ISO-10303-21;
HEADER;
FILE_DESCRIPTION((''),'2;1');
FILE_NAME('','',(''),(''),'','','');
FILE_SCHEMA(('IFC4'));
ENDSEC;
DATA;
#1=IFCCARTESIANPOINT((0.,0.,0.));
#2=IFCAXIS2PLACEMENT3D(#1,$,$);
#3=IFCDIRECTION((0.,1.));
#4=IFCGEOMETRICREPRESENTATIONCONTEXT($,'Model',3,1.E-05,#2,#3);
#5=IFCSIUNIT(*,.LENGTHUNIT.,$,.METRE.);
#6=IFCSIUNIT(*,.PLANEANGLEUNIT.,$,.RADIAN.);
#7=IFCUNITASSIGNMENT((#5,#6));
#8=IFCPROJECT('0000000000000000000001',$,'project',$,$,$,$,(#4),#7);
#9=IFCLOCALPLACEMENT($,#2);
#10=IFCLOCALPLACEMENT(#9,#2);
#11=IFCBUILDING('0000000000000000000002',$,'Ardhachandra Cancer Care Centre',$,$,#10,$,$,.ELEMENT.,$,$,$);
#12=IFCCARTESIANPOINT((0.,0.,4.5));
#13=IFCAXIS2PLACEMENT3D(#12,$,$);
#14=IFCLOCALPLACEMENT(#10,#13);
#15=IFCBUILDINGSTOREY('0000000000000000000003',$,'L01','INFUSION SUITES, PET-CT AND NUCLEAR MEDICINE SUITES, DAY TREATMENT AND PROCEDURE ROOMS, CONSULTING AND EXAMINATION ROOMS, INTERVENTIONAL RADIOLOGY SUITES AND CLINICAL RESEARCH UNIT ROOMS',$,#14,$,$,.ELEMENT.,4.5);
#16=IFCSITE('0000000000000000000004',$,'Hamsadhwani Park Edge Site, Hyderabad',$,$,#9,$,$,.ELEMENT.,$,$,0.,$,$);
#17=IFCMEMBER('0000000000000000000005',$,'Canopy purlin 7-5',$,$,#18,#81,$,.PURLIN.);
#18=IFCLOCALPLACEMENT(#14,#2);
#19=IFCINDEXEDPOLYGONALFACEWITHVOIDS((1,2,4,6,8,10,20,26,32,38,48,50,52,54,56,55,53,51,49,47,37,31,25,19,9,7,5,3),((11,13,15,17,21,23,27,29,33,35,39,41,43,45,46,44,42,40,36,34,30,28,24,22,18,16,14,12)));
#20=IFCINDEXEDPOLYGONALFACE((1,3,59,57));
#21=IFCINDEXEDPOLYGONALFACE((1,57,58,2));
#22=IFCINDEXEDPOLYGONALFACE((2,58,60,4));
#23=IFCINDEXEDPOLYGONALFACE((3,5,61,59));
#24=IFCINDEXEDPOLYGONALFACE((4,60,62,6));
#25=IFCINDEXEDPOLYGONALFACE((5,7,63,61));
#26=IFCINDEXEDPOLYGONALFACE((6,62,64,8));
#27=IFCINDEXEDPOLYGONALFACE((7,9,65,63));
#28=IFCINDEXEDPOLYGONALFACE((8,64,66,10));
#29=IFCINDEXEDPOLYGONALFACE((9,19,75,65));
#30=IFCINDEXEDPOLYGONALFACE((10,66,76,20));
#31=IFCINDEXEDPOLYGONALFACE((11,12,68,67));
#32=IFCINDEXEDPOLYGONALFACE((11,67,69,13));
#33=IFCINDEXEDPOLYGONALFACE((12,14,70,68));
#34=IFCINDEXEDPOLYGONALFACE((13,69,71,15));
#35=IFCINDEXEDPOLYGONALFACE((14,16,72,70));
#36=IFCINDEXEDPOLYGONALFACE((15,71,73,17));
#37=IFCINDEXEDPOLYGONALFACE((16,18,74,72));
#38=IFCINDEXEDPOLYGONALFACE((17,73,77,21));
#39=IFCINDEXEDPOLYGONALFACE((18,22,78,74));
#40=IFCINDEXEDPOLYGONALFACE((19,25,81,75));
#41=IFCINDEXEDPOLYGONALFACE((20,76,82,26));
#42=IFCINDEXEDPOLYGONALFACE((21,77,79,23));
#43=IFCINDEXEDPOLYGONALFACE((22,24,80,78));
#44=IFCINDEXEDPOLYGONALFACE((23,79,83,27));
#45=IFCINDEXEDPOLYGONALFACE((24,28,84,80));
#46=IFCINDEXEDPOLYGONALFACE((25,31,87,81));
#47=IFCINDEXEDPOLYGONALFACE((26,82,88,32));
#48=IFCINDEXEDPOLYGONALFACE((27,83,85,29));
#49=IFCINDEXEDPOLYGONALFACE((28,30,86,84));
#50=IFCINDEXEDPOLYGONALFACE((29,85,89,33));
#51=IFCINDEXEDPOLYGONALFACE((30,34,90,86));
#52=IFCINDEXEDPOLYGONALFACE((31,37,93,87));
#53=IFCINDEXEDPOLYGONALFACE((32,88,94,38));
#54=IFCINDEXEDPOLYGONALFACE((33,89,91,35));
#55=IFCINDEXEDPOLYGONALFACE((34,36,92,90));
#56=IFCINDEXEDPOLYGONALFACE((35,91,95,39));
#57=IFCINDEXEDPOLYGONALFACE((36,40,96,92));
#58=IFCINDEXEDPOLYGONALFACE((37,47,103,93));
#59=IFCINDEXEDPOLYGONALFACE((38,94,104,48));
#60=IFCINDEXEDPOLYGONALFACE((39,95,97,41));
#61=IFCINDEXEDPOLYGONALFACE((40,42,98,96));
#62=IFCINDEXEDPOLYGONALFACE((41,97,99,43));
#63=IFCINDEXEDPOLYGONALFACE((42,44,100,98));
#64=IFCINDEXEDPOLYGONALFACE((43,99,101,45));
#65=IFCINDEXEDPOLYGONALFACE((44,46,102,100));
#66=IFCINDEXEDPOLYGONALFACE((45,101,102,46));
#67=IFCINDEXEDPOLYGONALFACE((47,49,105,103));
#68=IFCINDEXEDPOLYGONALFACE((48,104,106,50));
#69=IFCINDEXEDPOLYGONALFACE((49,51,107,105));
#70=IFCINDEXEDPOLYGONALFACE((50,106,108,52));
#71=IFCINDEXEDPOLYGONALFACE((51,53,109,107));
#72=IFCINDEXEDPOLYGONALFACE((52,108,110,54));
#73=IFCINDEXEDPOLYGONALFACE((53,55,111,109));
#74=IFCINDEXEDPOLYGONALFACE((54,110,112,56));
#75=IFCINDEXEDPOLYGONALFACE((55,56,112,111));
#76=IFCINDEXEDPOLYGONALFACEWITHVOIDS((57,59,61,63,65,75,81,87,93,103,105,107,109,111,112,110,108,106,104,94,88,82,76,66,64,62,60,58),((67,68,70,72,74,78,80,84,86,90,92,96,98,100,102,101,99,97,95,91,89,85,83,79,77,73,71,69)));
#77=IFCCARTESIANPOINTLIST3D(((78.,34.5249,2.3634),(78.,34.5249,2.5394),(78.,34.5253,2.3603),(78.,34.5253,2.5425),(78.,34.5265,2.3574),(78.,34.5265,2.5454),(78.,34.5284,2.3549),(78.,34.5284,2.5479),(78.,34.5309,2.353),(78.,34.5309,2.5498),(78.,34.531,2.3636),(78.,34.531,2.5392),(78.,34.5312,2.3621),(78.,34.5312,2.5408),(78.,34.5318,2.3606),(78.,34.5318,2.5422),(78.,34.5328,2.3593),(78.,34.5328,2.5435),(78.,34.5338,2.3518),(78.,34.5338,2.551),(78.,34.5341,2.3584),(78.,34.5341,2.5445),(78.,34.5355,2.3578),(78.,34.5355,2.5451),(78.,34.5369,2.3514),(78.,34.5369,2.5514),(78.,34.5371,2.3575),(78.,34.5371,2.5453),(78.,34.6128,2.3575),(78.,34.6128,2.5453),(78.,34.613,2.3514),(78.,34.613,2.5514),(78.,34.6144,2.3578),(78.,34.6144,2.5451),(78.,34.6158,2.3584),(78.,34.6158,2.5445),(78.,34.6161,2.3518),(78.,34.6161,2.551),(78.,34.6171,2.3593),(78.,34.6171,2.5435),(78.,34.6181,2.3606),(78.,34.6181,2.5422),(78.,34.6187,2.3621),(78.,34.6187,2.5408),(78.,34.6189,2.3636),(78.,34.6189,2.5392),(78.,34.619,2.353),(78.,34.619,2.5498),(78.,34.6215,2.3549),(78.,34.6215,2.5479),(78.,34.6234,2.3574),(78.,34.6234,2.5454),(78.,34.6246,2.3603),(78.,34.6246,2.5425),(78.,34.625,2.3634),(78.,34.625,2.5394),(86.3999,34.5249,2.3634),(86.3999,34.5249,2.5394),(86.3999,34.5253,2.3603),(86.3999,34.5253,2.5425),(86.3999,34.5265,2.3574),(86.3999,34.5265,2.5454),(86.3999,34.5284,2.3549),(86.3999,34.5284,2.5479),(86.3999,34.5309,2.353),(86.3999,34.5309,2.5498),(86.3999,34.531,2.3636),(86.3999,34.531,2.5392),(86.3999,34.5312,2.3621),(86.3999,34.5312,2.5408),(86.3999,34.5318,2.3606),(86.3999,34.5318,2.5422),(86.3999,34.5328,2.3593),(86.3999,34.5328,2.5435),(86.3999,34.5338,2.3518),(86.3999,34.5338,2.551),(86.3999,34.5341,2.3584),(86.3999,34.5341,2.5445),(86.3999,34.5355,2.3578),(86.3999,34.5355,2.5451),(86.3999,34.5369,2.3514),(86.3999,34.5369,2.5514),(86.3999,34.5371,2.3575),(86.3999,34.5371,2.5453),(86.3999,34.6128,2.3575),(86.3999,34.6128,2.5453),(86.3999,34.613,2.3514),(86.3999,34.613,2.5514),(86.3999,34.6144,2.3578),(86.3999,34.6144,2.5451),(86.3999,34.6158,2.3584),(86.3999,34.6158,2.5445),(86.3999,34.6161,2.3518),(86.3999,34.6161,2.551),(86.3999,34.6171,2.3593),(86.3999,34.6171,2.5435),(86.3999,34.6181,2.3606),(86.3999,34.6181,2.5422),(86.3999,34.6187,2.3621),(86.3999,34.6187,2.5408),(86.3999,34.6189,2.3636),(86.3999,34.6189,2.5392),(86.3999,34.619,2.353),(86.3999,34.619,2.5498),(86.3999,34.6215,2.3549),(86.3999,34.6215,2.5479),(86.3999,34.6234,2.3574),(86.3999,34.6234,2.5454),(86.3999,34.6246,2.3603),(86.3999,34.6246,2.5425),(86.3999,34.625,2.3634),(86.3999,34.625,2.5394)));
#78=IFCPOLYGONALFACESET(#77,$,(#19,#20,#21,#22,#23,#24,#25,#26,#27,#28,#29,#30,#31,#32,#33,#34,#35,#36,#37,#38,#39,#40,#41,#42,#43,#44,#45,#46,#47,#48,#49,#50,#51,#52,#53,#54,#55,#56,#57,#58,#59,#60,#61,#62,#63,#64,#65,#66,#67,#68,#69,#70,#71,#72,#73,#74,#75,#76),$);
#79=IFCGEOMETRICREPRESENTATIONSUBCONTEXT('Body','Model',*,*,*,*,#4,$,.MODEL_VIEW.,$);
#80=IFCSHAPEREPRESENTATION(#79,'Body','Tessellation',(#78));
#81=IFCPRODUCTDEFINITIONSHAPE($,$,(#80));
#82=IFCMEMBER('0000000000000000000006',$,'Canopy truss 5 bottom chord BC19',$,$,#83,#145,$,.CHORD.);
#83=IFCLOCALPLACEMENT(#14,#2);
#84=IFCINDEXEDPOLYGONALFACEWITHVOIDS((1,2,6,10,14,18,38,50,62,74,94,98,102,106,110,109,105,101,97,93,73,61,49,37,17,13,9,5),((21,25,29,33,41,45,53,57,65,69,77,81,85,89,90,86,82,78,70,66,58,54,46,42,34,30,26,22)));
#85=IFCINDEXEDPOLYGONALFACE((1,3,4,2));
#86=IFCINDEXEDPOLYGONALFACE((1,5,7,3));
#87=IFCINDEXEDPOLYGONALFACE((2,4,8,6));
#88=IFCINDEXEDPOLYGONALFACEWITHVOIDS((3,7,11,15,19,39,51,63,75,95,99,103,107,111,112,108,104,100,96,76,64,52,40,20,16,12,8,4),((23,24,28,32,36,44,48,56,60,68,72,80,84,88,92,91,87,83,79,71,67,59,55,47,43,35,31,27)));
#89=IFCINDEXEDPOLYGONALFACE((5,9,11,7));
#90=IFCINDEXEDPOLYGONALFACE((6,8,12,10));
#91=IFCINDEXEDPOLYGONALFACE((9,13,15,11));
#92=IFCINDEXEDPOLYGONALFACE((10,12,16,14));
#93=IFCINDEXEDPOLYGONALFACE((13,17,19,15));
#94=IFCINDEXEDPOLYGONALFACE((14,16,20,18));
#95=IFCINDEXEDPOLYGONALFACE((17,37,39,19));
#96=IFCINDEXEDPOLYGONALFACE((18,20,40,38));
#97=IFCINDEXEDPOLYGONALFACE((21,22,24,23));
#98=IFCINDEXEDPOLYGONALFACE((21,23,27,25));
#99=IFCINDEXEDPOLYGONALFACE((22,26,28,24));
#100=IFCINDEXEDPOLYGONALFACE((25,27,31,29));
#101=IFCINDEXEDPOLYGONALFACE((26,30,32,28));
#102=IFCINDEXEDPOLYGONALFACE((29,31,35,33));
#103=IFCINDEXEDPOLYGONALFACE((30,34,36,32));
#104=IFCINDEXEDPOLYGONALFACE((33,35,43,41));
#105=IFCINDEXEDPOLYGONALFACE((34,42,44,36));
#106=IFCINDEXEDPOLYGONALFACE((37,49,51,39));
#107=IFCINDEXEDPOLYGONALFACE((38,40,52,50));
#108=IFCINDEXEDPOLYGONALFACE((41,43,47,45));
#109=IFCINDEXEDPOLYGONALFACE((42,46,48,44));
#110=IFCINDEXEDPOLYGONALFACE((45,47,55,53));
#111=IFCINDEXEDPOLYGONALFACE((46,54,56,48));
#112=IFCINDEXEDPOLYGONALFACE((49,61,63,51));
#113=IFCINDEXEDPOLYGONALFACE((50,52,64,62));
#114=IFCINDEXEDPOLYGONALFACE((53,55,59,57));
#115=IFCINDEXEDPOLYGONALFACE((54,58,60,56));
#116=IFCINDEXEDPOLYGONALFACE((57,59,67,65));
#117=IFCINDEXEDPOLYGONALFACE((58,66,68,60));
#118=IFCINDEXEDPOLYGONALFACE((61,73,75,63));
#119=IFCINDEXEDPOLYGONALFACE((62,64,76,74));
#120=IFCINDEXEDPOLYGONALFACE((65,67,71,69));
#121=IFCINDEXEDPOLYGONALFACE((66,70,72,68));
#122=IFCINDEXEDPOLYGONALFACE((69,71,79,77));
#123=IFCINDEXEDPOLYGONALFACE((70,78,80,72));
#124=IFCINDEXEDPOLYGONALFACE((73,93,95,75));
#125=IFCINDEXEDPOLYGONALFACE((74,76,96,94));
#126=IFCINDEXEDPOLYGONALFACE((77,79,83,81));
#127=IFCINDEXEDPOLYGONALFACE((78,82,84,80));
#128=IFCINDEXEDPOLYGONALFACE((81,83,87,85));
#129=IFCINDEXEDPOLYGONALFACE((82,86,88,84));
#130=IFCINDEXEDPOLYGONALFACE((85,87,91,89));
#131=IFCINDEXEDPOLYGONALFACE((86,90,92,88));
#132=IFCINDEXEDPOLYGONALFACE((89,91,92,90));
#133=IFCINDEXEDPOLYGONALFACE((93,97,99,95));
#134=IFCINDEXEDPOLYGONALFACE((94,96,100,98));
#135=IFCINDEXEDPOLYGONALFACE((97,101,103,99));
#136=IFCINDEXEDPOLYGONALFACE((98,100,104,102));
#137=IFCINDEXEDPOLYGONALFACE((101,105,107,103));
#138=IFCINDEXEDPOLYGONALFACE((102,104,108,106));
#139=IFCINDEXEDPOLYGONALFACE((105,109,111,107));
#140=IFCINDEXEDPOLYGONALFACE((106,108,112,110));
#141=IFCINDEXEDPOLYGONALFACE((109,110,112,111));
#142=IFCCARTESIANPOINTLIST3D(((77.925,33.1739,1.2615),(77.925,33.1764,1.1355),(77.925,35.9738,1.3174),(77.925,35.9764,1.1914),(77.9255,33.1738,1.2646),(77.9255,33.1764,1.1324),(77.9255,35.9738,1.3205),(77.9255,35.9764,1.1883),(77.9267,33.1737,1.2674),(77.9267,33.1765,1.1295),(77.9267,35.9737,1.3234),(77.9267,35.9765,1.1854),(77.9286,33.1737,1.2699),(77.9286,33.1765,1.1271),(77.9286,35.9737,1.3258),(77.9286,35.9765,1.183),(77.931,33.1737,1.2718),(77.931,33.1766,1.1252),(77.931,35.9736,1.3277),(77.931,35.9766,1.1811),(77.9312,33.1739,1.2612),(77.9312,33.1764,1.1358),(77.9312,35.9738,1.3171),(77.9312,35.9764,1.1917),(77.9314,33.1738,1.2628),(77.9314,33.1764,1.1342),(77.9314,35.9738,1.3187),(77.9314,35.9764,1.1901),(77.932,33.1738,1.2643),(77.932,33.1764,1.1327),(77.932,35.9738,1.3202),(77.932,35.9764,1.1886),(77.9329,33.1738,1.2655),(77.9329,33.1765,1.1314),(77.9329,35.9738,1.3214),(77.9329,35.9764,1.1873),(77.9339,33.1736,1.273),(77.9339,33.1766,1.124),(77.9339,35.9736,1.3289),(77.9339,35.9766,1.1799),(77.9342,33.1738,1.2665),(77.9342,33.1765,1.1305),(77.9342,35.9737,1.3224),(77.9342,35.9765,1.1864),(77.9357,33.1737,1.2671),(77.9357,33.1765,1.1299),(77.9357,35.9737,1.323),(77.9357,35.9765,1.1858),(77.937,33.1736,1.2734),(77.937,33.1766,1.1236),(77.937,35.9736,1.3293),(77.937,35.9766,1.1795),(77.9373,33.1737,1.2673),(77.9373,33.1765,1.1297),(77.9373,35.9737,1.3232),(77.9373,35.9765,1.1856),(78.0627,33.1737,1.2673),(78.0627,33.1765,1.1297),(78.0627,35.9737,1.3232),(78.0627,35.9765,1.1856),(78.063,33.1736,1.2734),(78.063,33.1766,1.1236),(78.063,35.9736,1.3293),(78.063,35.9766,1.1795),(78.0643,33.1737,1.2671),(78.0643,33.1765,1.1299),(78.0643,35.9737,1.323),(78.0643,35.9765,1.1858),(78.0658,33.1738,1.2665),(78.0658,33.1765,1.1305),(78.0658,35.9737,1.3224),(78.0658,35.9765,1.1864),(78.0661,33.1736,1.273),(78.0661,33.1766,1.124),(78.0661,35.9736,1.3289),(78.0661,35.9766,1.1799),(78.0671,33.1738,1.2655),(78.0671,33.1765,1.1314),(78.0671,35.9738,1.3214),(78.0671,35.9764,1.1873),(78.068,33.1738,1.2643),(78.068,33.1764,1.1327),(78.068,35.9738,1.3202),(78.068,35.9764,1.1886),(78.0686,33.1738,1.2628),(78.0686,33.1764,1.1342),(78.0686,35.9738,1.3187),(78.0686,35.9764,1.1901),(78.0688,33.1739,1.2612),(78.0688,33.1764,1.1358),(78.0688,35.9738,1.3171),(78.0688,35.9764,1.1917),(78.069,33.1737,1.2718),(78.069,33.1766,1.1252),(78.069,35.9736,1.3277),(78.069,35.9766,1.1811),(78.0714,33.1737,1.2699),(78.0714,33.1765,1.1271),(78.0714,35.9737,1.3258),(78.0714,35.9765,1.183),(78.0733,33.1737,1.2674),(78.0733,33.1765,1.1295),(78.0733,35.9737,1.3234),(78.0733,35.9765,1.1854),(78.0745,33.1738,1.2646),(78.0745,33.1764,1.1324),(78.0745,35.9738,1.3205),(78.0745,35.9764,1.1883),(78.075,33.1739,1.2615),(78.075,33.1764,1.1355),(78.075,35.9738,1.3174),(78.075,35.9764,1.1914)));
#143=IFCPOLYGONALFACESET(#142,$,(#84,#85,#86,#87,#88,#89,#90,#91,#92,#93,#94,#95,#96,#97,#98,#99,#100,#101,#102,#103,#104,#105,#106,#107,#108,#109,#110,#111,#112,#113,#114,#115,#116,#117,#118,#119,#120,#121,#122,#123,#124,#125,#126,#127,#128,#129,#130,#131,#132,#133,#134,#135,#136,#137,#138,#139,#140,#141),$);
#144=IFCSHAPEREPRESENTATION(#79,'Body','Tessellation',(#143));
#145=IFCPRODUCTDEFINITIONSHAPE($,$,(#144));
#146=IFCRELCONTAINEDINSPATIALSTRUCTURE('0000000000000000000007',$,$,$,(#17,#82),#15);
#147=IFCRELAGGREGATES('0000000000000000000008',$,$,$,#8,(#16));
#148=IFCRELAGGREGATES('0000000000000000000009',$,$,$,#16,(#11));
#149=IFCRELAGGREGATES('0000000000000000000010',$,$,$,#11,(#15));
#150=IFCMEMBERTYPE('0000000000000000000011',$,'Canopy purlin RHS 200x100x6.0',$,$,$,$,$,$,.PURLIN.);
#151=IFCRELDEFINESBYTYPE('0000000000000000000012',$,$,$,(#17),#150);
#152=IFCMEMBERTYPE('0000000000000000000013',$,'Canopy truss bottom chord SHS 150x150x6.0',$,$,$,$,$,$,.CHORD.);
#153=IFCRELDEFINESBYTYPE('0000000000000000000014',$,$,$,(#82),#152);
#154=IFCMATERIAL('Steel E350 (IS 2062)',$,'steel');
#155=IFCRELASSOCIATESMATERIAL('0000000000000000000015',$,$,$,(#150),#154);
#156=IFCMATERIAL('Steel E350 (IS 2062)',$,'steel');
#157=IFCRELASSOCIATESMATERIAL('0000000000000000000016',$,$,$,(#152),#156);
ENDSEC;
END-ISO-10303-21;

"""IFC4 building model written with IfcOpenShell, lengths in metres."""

from ifc_helpers import new_model, si_unit, direction, frame, origin, origin_2d, place, context, subcontext, project, spatial, hollow_rectangle, extrude, material, material_profile, profile_set, type_object, element, save


model = new_model("IFC4")

# Units and contexts
model_context = context("Model", 3, precision=1e-05, world=origin(), true_north=direction((0.0, 1.0)))
body_context = subcontext(model_context, "Body", "Model", "MODEL_VIEW")
ifc_project = project(units=[si_unit("LENGTHUNIT", "METRE"), si_unit("PLANEANGLEUNIT", "RADIAN")], contexts=[model_context])

# Site, building, storey
site_placement = place(None, origin())
site = spatial("IfcSite", under=ifc_project, at=site_placement, Name="Hamsadhwani Park Edge Site, Hyderabad", CompositionType="ELEMENT", RefElevation=0.0)
building_placement = place(site_placement, origin())
building = spatial("IfcBuilding", under=site, at=building_placement, Name="Ardhachandra Cancer Care Centre", CompositionType="ELEMENT")
storey_placement = place(building_placement, frame((0.0, 0.0, 4.5)))
storey = spatial("IfcBuildingStorey", under=building, at=storey_placement, Name="L01", Description="INFUSION SUITES, PET-CT AND NUCLEAR MEDICINE SUITES, DAY TREATMENT AND PROCEDURE ROOMS, CONSULTING AND EXAMINATION ROOMS, INTERVENTIONAL RADIOLOGY SUITES AND CLINICAL RESEARCH UNIT ROOMS", CompositionType="ELEMENT", Elevation=4.5)

# Members
ifc_material_1 = material(Name="Steel E350 (IS 2062)", Category="steel")
ifc_material_profile_1 = material_profile(ifc_material_1, hollow_rectangle(XDim=0.1001, YDim=0.2, WallThickness=0.0061, InnerFilletRadius=0.0061, OuterFilletRadius=0.012, at=origin_2d()), Name="RHS 200x100x6.0")
ifc_profile_set_1 = profile_set([ifc_material_profile_1], Name="Steel E350 (IS 2062)")
member_type_1 = type_object("IfcMemberType", Name="Canopy purlin RHS 200x100x6.0", PredefinedType="PURLIN", material=ifc_profile_set_1)
member_1_placement = place(storey_placement, frame((78.0, 34.575, 2.4514), z_axis=(1.0, 0.0, 0.0), x_axis=(0.0, 1.0, 0.0)))
element("IfcMember", 1, at=member_1_placement, inside=storey, type_object=member_type_1, Name="Canopy purlin 7-5", PredefinedType="PURLIN", context=body_context, shape_type="SweptSolid", body=[
    extrude(hollow_rectangle(XDim=0.1001, YDim=0.2, WallThickness=0.0061, InnerFilletRadius=0.0061, OuterFilletRadius=0.012, at=origin_2d()), origin(), (0.0, 0.0, 1.0), 8.3999),
])
ifc_material_2 = material(Name="Steel E350 (IS 2062)", Category="steel")
ifc_material_profile_2 = material_profile(ifc_material_2, hollow_rectangle(XDim=0.1499, YDim=0.1499, WallThickness=0.0061, InnerFilletRadius=0.0061, OuterFilletRadius=0.012, at=origin_2d()), Name="SHS 150x150x6.0")
ifc_profile_set_2 = profile_set([ifc_material_profile_2], Name="Steel E350 (IS 2062)")
member_type_2 = type_object("IfcMemberType", Name="Canopy truss bottom chord SHS 150x150x6.0", PredefinedType="CHORD", material=ifc_profile_set_2)
for number, where, z_axis, x_axis, name in (
    (2, (78.0, 35.9751, 1.2544), (0.0, -0.999801, -0.019963), (1.0, 0.0, 0.0), "Canopy truss 5 bottom chord BC19"),
):
    element("IfcMember", number, at=place(storey_placement, frame(where, z_axis=z_axis, x_axis=x_axis)), inside=storey, type_object=member_type_2, Name=name, PredefinedType="CHORD", context=body_context, shape_type="SweptSolid", body=[
        extrude(hollow_rectangle(XDim=0.1499, YDim=0.1499, WallThickness=0.0061, InnerFilletRadius=0.0061, OuterFilletRadius=0.012, at=origin_2d()), origin(), (0.0, 0.0, 1.0), 2.8005),
    ])

save(model, "model.ifc")
